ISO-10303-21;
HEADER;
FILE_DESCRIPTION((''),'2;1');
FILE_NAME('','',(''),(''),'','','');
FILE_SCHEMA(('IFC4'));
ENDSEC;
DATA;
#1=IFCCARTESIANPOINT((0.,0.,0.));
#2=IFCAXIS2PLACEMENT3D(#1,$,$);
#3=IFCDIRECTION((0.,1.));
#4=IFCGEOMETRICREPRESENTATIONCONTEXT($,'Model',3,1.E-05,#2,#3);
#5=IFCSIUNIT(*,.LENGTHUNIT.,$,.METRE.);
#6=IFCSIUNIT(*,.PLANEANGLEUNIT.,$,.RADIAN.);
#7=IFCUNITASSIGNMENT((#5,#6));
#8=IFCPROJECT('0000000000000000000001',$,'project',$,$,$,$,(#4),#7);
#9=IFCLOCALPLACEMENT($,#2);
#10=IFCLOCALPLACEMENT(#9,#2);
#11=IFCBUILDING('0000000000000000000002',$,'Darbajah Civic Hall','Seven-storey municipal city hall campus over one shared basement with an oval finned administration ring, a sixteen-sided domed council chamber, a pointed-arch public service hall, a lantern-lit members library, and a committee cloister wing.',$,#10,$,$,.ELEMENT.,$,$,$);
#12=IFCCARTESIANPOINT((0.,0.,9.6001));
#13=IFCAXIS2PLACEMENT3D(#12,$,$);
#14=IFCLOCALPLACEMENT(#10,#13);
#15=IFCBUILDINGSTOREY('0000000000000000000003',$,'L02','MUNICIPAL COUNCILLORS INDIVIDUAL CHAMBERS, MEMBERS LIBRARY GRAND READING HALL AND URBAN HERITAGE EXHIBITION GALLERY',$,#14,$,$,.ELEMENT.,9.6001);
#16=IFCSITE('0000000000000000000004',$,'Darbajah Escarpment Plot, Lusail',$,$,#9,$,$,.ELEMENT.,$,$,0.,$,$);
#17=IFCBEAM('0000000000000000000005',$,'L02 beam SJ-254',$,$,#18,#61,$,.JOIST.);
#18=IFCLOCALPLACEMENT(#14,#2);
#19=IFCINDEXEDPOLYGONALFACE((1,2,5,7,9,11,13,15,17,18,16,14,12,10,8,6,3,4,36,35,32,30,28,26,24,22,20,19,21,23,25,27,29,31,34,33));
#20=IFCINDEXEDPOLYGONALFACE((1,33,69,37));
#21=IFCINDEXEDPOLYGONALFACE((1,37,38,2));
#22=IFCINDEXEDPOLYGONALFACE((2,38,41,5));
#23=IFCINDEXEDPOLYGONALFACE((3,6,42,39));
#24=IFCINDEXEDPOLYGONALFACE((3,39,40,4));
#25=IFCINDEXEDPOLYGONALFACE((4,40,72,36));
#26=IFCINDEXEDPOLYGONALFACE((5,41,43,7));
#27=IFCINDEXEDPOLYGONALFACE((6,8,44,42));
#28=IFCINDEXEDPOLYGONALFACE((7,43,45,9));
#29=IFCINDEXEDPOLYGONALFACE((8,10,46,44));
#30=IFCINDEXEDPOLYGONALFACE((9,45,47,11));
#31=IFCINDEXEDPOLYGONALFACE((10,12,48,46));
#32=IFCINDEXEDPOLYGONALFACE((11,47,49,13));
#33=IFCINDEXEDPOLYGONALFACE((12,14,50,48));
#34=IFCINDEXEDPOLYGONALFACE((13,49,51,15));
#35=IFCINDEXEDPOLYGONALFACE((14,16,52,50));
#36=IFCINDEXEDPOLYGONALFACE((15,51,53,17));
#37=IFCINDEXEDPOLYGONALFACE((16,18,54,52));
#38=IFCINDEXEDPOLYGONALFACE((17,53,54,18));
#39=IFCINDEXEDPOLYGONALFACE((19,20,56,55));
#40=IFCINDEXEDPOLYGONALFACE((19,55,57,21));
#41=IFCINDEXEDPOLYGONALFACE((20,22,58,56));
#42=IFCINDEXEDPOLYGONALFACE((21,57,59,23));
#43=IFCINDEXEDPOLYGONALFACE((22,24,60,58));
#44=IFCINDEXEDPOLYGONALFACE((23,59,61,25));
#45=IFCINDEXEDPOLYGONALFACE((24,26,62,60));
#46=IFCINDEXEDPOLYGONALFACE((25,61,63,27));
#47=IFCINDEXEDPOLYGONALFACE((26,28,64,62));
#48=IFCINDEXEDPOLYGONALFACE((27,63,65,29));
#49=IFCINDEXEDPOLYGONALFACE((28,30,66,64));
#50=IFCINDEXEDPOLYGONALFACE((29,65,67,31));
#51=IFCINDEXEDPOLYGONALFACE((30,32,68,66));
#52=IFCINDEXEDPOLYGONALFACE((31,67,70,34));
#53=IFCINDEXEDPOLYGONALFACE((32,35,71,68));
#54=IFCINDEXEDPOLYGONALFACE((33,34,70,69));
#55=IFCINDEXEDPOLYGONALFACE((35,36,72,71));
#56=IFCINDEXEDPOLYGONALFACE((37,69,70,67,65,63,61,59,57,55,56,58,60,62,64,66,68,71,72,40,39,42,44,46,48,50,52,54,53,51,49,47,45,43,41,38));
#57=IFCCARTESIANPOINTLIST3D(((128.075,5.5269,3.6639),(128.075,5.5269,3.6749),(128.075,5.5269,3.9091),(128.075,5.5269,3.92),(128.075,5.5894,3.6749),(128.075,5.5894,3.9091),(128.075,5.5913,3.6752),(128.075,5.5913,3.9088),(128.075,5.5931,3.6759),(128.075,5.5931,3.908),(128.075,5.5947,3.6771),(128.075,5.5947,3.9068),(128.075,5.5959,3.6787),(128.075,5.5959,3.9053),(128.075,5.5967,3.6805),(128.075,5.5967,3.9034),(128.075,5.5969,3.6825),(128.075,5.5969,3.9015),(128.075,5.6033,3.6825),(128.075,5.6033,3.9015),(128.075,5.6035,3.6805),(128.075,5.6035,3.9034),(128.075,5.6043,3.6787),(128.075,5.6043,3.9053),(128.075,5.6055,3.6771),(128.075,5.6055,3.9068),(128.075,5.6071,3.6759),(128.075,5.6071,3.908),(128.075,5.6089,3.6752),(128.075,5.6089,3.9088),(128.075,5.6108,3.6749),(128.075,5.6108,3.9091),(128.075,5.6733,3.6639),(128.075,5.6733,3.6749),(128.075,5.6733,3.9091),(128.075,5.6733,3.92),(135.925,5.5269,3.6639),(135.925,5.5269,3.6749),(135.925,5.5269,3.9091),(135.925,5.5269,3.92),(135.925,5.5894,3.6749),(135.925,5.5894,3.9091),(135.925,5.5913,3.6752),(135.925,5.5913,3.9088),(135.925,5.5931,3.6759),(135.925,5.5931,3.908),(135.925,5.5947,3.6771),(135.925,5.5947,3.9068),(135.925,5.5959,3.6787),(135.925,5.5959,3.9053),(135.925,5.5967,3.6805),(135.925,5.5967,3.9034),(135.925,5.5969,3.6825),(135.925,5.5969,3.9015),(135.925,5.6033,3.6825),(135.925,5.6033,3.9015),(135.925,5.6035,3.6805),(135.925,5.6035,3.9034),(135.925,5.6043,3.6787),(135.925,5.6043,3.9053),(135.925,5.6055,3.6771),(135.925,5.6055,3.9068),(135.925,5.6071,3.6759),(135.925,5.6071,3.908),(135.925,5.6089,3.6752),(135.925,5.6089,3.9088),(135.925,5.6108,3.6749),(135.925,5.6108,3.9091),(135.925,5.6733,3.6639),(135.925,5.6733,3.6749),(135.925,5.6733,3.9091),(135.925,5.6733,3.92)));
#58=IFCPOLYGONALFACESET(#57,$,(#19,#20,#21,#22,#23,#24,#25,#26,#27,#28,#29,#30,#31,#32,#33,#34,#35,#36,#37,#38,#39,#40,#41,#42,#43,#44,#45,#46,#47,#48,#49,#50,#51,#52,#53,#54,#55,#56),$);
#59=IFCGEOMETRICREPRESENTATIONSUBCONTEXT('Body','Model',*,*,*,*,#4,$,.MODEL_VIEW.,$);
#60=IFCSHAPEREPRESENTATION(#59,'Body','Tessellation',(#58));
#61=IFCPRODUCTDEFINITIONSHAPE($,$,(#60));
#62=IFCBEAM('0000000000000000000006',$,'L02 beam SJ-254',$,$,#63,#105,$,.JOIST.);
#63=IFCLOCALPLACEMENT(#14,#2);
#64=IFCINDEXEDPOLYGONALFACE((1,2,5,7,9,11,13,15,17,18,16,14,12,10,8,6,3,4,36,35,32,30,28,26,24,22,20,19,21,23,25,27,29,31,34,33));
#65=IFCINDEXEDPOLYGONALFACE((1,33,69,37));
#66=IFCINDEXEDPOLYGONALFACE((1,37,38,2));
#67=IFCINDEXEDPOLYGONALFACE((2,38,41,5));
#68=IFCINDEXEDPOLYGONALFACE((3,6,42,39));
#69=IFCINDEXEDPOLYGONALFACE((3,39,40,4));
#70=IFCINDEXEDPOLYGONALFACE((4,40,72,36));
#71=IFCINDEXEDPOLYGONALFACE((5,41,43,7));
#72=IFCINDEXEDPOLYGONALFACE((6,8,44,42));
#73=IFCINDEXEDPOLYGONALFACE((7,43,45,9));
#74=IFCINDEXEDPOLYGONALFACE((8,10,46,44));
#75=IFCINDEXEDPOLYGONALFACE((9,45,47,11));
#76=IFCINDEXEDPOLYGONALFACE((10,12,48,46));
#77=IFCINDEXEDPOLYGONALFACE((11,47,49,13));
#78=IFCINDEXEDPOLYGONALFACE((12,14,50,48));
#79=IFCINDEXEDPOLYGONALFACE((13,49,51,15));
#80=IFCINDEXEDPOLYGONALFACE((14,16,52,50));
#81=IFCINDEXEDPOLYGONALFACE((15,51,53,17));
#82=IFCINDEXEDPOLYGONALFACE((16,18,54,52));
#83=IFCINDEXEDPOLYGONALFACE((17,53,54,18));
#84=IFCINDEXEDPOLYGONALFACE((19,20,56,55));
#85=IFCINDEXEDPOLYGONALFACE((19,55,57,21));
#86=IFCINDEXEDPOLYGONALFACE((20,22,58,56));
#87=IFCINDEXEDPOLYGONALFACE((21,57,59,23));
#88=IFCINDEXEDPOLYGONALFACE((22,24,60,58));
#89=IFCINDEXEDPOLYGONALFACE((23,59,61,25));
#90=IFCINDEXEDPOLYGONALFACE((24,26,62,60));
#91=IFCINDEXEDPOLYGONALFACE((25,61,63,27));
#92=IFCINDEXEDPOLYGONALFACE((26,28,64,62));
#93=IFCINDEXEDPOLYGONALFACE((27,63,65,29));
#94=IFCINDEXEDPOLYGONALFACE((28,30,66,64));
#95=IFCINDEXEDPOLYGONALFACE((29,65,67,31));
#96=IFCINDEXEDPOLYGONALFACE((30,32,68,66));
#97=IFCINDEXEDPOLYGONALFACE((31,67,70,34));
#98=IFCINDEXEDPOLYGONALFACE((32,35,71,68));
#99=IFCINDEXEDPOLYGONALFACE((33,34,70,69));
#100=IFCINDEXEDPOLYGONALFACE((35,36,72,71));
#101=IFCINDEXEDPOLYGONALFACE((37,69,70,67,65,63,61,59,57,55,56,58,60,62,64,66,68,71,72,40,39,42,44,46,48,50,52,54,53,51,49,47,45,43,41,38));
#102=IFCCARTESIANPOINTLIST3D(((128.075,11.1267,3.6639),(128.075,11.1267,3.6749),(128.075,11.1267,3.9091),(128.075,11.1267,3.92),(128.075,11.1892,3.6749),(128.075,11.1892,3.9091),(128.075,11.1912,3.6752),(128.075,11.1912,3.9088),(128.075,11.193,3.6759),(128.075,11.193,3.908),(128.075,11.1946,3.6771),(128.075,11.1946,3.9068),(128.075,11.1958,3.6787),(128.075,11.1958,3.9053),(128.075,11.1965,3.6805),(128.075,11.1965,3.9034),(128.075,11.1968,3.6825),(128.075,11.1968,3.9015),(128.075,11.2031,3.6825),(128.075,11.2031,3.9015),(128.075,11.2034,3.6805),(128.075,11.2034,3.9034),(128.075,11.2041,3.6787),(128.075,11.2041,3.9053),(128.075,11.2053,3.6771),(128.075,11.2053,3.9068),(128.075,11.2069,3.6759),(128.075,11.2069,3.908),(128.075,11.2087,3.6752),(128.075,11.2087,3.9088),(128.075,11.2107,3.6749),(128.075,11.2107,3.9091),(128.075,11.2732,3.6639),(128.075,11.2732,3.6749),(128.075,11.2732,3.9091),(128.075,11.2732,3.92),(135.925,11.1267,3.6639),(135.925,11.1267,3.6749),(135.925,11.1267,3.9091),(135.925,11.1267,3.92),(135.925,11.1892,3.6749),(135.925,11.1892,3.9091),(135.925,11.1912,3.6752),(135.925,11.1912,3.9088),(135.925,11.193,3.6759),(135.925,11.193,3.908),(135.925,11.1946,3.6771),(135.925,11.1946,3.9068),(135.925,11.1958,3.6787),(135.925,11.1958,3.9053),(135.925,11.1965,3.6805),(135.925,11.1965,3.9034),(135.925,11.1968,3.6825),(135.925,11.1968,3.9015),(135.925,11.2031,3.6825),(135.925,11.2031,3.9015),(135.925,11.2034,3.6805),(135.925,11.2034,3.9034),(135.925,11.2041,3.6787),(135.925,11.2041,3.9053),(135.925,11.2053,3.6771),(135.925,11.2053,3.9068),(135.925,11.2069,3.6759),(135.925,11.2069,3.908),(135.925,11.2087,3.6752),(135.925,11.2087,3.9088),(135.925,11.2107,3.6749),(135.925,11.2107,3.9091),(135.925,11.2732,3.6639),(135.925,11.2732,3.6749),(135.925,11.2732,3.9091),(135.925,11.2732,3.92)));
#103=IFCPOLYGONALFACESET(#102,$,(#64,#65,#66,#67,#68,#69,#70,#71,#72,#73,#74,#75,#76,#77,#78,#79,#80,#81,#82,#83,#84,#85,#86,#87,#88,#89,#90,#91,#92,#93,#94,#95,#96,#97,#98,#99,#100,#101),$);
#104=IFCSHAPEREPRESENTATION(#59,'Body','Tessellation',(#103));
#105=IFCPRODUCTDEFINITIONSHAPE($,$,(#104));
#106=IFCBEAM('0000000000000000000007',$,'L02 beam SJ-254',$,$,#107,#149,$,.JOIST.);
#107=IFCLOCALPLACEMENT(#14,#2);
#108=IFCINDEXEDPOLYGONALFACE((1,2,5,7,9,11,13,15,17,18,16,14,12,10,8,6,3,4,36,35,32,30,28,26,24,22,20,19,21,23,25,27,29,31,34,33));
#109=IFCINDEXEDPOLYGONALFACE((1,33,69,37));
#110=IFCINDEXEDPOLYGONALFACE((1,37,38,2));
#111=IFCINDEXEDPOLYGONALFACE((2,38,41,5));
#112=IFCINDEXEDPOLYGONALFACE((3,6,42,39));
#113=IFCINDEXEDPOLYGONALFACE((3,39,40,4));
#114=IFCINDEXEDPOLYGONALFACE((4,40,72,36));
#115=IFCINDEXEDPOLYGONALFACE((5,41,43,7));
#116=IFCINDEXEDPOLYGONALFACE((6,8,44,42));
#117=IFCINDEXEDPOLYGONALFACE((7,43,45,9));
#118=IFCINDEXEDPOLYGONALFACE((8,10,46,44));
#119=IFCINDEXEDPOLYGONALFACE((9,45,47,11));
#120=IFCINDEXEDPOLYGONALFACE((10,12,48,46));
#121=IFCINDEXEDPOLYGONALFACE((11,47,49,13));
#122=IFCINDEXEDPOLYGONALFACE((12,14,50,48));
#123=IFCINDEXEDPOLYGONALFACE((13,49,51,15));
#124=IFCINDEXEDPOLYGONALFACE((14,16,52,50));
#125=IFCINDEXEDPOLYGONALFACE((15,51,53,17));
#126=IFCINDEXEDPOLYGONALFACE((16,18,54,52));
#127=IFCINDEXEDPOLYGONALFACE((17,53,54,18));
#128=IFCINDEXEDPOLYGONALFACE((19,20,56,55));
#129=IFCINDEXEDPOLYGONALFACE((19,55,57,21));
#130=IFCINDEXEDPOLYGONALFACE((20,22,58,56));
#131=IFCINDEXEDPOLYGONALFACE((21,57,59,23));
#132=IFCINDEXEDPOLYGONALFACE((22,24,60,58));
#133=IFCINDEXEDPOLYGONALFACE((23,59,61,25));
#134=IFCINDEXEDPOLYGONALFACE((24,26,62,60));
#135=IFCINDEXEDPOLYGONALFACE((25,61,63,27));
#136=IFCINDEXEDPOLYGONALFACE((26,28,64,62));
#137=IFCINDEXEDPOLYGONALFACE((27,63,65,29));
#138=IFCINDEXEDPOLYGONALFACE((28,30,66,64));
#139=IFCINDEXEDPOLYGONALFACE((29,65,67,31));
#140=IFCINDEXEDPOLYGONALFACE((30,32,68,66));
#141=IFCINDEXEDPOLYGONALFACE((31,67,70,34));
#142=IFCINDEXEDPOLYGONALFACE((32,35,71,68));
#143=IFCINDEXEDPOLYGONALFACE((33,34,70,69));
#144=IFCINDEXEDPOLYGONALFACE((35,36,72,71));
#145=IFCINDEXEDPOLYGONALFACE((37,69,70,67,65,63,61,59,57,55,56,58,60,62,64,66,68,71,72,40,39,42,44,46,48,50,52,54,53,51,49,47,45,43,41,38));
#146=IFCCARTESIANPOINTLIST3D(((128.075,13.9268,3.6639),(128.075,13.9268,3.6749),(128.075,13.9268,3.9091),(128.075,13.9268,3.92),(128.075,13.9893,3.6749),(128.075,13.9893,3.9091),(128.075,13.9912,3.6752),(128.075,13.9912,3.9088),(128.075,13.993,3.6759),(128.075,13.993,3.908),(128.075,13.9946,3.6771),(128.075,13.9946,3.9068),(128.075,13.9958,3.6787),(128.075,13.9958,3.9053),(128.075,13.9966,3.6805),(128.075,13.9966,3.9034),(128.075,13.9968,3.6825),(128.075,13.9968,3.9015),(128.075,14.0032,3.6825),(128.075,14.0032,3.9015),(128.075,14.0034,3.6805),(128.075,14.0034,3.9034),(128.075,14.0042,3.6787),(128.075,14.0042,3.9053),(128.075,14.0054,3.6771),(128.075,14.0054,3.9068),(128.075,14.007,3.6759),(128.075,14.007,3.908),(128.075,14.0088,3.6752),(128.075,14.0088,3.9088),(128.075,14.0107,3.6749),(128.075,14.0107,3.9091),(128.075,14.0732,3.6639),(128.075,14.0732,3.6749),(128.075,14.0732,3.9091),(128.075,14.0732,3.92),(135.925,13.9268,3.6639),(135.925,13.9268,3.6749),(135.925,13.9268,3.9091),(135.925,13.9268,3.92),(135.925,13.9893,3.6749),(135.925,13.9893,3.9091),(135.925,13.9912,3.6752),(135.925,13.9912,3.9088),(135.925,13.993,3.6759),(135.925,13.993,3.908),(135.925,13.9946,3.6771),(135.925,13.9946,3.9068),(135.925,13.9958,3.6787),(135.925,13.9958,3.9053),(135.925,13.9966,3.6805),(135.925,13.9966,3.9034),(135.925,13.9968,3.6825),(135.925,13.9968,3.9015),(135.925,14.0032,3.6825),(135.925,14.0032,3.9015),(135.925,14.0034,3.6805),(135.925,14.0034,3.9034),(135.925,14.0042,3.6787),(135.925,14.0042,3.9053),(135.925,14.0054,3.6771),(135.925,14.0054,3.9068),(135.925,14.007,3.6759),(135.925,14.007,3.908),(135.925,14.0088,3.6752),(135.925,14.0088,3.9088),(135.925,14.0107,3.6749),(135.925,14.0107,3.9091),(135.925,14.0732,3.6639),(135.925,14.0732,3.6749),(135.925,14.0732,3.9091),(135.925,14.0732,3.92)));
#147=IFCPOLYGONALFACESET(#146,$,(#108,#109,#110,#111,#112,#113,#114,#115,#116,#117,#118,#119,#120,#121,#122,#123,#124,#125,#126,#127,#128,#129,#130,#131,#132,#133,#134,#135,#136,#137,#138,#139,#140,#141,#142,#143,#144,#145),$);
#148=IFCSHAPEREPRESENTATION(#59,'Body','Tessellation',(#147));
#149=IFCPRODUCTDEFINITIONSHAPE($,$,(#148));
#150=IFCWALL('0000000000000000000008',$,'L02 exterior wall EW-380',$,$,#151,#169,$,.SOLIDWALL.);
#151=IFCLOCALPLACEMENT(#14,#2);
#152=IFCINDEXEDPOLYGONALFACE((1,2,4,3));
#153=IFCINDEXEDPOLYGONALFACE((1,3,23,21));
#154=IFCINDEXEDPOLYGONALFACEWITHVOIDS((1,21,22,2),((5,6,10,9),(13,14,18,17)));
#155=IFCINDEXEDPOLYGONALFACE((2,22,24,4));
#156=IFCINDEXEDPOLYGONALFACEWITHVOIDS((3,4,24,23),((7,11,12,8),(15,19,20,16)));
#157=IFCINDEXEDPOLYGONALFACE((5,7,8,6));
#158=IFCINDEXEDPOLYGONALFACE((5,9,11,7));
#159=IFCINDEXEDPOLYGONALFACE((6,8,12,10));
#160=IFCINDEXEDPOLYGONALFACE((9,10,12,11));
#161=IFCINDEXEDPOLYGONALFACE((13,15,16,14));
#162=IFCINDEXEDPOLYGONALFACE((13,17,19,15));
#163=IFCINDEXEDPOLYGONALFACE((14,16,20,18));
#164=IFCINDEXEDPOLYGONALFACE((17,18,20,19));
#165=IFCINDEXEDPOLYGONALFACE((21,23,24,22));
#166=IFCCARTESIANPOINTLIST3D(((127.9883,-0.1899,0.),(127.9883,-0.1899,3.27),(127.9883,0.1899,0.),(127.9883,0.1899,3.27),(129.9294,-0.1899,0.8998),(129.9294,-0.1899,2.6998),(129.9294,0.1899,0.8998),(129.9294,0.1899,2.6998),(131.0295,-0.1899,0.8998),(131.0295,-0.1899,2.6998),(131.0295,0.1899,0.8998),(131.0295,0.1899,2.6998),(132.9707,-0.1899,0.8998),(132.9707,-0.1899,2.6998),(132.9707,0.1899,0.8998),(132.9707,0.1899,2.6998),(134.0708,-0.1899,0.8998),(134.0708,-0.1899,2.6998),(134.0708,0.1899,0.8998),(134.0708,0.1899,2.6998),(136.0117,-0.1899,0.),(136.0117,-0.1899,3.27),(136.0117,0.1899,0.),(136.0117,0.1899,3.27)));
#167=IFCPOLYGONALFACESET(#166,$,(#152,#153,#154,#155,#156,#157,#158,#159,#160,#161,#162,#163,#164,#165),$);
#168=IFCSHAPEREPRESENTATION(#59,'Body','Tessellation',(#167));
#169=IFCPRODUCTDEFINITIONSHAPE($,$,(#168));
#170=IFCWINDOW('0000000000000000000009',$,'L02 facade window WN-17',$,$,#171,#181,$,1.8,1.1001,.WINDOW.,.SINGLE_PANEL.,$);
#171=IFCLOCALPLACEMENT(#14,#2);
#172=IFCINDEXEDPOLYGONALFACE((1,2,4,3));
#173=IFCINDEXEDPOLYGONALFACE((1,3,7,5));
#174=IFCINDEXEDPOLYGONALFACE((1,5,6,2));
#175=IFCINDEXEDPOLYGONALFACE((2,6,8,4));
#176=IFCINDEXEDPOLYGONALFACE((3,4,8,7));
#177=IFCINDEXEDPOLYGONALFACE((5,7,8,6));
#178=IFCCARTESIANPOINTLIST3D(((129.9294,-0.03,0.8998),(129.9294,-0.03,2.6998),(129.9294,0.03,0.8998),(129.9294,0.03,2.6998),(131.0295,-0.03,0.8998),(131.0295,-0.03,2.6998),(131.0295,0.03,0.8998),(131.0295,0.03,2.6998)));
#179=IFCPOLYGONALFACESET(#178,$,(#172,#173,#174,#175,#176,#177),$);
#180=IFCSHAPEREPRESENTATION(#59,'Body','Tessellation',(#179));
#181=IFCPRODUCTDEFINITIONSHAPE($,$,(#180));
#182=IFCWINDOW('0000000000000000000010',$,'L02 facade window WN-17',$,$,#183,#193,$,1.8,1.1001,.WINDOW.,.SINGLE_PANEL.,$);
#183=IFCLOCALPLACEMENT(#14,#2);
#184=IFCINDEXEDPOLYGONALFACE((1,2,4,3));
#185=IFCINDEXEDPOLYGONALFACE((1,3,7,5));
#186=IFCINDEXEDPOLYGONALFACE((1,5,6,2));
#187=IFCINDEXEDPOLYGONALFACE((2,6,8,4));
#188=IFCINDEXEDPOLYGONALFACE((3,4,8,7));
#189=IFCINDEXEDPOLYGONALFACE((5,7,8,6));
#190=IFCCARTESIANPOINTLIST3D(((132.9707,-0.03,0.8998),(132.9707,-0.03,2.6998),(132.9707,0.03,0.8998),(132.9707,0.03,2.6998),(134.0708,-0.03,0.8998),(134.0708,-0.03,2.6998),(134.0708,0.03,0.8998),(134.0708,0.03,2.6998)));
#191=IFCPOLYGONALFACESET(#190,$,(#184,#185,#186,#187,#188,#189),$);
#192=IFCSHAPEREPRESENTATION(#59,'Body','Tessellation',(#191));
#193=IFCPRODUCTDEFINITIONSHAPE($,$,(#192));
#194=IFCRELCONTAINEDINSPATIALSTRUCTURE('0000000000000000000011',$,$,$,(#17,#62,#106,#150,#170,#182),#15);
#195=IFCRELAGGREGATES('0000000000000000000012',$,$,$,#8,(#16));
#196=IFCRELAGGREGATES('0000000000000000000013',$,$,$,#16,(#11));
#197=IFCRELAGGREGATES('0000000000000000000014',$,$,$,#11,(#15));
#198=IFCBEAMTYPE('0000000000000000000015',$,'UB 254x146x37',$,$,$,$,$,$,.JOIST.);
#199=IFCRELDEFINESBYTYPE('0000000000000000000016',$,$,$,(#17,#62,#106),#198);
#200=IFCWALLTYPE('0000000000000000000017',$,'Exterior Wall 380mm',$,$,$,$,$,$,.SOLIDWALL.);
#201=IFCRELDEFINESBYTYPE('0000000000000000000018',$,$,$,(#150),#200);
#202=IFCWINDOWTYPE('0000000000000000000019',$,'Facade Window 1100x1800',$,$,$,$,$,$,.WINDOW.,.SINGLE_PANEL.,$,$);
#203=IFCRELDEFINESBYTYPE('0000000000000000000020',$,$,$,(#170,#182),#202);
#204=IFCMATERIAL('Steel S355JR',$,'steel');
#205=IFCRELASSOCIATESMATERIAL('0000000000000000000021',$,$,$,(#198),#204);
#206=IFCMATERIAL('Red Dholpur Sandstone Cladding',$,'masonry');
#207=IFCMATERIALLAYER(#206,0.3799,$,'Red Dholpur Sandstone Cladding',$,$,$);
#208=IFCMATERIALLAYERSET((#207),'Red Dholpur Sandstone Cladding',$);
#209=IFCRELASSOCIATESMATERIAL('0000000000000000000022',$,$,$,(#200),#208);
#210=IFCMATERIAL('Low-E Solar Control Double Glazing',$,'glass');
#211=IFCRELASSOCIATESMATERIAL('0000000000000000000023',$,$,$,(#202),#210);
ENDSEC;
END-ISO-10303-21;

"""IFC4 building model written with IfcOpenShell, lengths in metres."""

from ifc_helpers import new_model, si_unit, direction, frame, frame_2d, origin, origin_2d, place, context, subcontext, project, spatial, rectangle, i_section, extrude, material, layer, layer_set, material_profile, profile_set, type_object, element, fill, save


model = new_model("IFC4")

# Units and contexts
model_context = context("Model", 3, precision=1e-05, world=origin(), true_north=direction((0.0, 1.0)))
body_context = subcontext(model_context, "Body", "Model", "MODEL_VIEW")
ifc_project = project(units=[si_unit("LENGTHUNIT", "METRE"), si_unit("PLANEANGLEUNIT", "RADIAN")], contexts=[model_context])

# Site, building, storey
site_placement = place(None, origin())
site = spatial("IfcSite", under=ifc_project, at=site_placement, Name="Darbajah Escarpment Plot, Lusail", CompositionType="ELEMENT", RefElevation=0.0)
building_placement = place(site_placement, origin())
building = spatial("IfcBuilding", under=site, at=building_placement, Name="Darbajah Civic Hall", Description="Seven-storey municipal city hall campus over one shared basement with an oval finned administration ring, a sixteen-sided domed council chamber, a pointed-arch public service hall, a lantern-lit members library, and a committee cloister wing.", CompositionType="ELEMENT")
storey_placement = place(building_placement, frame((0.0, 0.0, 9.6001)))
storey = spatial("IfcBuildingStorey", under=building, at=storey_placement, Name="L02", Description="MUNICIPAL COUNCILLORS INDIVIDUAL CHAMBERS, MEMBERS LIBRARY GRAND READING HALL AND URBAN HERITAGE EXHIBITION GALLERY", CompositionType="ELEMENT", Elevation=9.6001)

# Shared definitions
ifc_material_1 = material(Name="Steel S355JR", Category="steel")

# Beams
ifc_material_profile_1 = material_profile(ifc_material_1, i_section(OverallWidth=0.1465, OverallDepth=0.2561, WebThickness=0.0063, FlangeThickness=0.011, FilletRadius=0.0076, at=origin_2d()), Name="UB 254x146x37")
ifc_profile_set_1 = profile_set([ifc_material_profile_1], Name="Steel S355JR")
beam_type_1 = type_object("IfcBeamType", Name="UB 254x146x37", PredefinedType="JOIST", material=ifc_profile_set_1)
for number, where, z_axis, x_axis, name in (
    (1, (128.075, 5.6001, 3.792), (1.0, 0.0, 0.0), (0.0, 1.0, 0.0), "L02 beam SJ-254"),
    (2, (128.075, 11.2, 3.792), (1.0, 0.0, 0.0), (0.0, 1.0, 0.0), "L02 beam SJ-254"),
    (3, (128.075, 14.0, 3.792), (1.0, 0.0, 0.0), (0.0, 1.0, 0.0), "L02 beam SJ-254"),
):
    element("IfcBeam", number, at=place(storey_placement, frame(where, z_axis=z_axis, x_axis=x_axis)), inside=storey, type_object=beam_type_1, Name=name, PredefinedType="JOIST", context=body_context, shape_type="SweptSolid", body=[
        extrude(i_section(OverallWidth=0.1465, OverallDepth=0.2561, WebThickness=0.0063, FlangeThickness=0.011, FilletRadius=0.0076, at=origin_2d()), origin(), (0.0, 0.0, 1.0), 7.8501),
    ])

# Wall, openings, windows
ifc_material_2 = material(Name="Red Dholpur Sandstone Cladding", Category="masonry")
ifc_layer = layer(ifc_material_2, 0.3799, Name="Red Dholpur Sandstone Cladding")
ifc_layer_set = layer_set([ifc_layer], Name="Red Dholpur Sandstone Cladding")
wall_type = type_object("IfcWallType", Name="Exterior Wall 380mm", PredefinedType="SOLIDWALL", material=ifc_layer_set)
wall_placement = place(storey_placement, frame((127.9883, 0.0, 0.0), z_axis=(0.0, 0.0, 1.0), x_axis=(1.0, 0.0, 0.0)))
wall = element("IfcWall", 4, at=wall_placement, inside=storey, type_object=wall_type, Name="L02 exterior wall EW-380", PredefinedType="SOLIDWALL", context=body_context, shape_type="SweptSolid", body=[
    extrude(rectangle(XDim=8.0234, YDim=0.3799, at=frame_2d((4.0117, 0.0))), origin(), (0.0, 0.0, 1.0), 3.27),
])
opening_1_placement = place(wall_placement, frame((1.9412, 0.0, 0.8999)))
opening_1 = element("IfcOpeningElement", 5, at=opening_1_placement, cuts=wall, PredefinedType="OPENING", context=body_context, shape_type="SweptSolid", body=[
    extrude(rectangle(XDim=1.1001, YDim=1.8, at=frame_2d((0.55, 0.8999))), frame((0.0, 0.2, 0.0), z_axis=(0.0, -1.0, 0.0), x_axis=(1.0, 0.0, 0.0)), (0.0, 0.0, 1.0), 0.3999),
])
opening_2_placement = place(wall_placement, frame((4.9824, 0.0, 0.8999)))
opening_2 = element("IfcOpeningElement", 6, at=opening_2_placement, cuts=wall, PredefinedType="OPENING", context=body_context, shape_type="SweptSolid", body=[
    extrude(rectangle(XDim=1.1001, YDim=1.8, at=frame_2d((0.55, 0.8999))), frame((0.0, 0.2, 0.0), z_axis=(0.0, -1.0, 0.0), x_axis=(1.0, 0.0, 0.0)), (0.0, 0.0, 1.0), 0.3999),
])
ifc_material_3 = material(Name="Low-E Solar Control Double Glazing", Category="glass")
window_type = type_object("IfcWindowType", Name="Facade Window 1100x1800", PartitioningType="SINGLE_PANEL", PredefinedType="WINDOW", material=ifc_material_3)
window_1_placement = place(opening_1_placement, origin())
window_1 = element("IfcWindow", 7, at=window_1_placement, inside=storey, type_object=window_type, Name="L02 facade window WN-17", OverallHeight=1.8, OverallWidth=1.1001, PartitioningType="SINGLE_PANEL", PredefinedType="WINDOW", context=body_context, shape_type="SweptSolid", body=[
    extrude(rectangle(XDim=1.1001, YDim=1.8, at=frame_2d((0.55, 0.8999))), frame((0.0, 0.03, 0.0), z_axis=(0.0, -1.0, 0.0), x_axis=(1.0, 0.0, 0.0)), (0.0, 0.0, 1.0), 0.0601),
])
fill(opening_1, window_1)
window_2_placement = place(opening_2_placement, origin())
window_2 = element("IfcWindow", 8, at=window_2_placement, inside=storey, type_object=window_type, Name="L02 facade window WN-17", OverallHeight=1.8, OverallWidth=1.1001, PartitioningType="SINGLE_PANEL", PredefinedType="WINDOW", context=body_context, shape_type="SweptSolid", body=[
    extrude(rectangle(XDim=1.1001, YDim=1.8, at=frame_2d((0.55, 0.8999))), frame((0.0, 0.03, 0.0), z_axis=(0.0, -1.0, 0.0), x_axis=(1.0, 0.0, 0.0)), (0.0, 0.0, 1.0), 0.0601),
])
fill(opening_2, window_2)

save(model, "model.ifc")
